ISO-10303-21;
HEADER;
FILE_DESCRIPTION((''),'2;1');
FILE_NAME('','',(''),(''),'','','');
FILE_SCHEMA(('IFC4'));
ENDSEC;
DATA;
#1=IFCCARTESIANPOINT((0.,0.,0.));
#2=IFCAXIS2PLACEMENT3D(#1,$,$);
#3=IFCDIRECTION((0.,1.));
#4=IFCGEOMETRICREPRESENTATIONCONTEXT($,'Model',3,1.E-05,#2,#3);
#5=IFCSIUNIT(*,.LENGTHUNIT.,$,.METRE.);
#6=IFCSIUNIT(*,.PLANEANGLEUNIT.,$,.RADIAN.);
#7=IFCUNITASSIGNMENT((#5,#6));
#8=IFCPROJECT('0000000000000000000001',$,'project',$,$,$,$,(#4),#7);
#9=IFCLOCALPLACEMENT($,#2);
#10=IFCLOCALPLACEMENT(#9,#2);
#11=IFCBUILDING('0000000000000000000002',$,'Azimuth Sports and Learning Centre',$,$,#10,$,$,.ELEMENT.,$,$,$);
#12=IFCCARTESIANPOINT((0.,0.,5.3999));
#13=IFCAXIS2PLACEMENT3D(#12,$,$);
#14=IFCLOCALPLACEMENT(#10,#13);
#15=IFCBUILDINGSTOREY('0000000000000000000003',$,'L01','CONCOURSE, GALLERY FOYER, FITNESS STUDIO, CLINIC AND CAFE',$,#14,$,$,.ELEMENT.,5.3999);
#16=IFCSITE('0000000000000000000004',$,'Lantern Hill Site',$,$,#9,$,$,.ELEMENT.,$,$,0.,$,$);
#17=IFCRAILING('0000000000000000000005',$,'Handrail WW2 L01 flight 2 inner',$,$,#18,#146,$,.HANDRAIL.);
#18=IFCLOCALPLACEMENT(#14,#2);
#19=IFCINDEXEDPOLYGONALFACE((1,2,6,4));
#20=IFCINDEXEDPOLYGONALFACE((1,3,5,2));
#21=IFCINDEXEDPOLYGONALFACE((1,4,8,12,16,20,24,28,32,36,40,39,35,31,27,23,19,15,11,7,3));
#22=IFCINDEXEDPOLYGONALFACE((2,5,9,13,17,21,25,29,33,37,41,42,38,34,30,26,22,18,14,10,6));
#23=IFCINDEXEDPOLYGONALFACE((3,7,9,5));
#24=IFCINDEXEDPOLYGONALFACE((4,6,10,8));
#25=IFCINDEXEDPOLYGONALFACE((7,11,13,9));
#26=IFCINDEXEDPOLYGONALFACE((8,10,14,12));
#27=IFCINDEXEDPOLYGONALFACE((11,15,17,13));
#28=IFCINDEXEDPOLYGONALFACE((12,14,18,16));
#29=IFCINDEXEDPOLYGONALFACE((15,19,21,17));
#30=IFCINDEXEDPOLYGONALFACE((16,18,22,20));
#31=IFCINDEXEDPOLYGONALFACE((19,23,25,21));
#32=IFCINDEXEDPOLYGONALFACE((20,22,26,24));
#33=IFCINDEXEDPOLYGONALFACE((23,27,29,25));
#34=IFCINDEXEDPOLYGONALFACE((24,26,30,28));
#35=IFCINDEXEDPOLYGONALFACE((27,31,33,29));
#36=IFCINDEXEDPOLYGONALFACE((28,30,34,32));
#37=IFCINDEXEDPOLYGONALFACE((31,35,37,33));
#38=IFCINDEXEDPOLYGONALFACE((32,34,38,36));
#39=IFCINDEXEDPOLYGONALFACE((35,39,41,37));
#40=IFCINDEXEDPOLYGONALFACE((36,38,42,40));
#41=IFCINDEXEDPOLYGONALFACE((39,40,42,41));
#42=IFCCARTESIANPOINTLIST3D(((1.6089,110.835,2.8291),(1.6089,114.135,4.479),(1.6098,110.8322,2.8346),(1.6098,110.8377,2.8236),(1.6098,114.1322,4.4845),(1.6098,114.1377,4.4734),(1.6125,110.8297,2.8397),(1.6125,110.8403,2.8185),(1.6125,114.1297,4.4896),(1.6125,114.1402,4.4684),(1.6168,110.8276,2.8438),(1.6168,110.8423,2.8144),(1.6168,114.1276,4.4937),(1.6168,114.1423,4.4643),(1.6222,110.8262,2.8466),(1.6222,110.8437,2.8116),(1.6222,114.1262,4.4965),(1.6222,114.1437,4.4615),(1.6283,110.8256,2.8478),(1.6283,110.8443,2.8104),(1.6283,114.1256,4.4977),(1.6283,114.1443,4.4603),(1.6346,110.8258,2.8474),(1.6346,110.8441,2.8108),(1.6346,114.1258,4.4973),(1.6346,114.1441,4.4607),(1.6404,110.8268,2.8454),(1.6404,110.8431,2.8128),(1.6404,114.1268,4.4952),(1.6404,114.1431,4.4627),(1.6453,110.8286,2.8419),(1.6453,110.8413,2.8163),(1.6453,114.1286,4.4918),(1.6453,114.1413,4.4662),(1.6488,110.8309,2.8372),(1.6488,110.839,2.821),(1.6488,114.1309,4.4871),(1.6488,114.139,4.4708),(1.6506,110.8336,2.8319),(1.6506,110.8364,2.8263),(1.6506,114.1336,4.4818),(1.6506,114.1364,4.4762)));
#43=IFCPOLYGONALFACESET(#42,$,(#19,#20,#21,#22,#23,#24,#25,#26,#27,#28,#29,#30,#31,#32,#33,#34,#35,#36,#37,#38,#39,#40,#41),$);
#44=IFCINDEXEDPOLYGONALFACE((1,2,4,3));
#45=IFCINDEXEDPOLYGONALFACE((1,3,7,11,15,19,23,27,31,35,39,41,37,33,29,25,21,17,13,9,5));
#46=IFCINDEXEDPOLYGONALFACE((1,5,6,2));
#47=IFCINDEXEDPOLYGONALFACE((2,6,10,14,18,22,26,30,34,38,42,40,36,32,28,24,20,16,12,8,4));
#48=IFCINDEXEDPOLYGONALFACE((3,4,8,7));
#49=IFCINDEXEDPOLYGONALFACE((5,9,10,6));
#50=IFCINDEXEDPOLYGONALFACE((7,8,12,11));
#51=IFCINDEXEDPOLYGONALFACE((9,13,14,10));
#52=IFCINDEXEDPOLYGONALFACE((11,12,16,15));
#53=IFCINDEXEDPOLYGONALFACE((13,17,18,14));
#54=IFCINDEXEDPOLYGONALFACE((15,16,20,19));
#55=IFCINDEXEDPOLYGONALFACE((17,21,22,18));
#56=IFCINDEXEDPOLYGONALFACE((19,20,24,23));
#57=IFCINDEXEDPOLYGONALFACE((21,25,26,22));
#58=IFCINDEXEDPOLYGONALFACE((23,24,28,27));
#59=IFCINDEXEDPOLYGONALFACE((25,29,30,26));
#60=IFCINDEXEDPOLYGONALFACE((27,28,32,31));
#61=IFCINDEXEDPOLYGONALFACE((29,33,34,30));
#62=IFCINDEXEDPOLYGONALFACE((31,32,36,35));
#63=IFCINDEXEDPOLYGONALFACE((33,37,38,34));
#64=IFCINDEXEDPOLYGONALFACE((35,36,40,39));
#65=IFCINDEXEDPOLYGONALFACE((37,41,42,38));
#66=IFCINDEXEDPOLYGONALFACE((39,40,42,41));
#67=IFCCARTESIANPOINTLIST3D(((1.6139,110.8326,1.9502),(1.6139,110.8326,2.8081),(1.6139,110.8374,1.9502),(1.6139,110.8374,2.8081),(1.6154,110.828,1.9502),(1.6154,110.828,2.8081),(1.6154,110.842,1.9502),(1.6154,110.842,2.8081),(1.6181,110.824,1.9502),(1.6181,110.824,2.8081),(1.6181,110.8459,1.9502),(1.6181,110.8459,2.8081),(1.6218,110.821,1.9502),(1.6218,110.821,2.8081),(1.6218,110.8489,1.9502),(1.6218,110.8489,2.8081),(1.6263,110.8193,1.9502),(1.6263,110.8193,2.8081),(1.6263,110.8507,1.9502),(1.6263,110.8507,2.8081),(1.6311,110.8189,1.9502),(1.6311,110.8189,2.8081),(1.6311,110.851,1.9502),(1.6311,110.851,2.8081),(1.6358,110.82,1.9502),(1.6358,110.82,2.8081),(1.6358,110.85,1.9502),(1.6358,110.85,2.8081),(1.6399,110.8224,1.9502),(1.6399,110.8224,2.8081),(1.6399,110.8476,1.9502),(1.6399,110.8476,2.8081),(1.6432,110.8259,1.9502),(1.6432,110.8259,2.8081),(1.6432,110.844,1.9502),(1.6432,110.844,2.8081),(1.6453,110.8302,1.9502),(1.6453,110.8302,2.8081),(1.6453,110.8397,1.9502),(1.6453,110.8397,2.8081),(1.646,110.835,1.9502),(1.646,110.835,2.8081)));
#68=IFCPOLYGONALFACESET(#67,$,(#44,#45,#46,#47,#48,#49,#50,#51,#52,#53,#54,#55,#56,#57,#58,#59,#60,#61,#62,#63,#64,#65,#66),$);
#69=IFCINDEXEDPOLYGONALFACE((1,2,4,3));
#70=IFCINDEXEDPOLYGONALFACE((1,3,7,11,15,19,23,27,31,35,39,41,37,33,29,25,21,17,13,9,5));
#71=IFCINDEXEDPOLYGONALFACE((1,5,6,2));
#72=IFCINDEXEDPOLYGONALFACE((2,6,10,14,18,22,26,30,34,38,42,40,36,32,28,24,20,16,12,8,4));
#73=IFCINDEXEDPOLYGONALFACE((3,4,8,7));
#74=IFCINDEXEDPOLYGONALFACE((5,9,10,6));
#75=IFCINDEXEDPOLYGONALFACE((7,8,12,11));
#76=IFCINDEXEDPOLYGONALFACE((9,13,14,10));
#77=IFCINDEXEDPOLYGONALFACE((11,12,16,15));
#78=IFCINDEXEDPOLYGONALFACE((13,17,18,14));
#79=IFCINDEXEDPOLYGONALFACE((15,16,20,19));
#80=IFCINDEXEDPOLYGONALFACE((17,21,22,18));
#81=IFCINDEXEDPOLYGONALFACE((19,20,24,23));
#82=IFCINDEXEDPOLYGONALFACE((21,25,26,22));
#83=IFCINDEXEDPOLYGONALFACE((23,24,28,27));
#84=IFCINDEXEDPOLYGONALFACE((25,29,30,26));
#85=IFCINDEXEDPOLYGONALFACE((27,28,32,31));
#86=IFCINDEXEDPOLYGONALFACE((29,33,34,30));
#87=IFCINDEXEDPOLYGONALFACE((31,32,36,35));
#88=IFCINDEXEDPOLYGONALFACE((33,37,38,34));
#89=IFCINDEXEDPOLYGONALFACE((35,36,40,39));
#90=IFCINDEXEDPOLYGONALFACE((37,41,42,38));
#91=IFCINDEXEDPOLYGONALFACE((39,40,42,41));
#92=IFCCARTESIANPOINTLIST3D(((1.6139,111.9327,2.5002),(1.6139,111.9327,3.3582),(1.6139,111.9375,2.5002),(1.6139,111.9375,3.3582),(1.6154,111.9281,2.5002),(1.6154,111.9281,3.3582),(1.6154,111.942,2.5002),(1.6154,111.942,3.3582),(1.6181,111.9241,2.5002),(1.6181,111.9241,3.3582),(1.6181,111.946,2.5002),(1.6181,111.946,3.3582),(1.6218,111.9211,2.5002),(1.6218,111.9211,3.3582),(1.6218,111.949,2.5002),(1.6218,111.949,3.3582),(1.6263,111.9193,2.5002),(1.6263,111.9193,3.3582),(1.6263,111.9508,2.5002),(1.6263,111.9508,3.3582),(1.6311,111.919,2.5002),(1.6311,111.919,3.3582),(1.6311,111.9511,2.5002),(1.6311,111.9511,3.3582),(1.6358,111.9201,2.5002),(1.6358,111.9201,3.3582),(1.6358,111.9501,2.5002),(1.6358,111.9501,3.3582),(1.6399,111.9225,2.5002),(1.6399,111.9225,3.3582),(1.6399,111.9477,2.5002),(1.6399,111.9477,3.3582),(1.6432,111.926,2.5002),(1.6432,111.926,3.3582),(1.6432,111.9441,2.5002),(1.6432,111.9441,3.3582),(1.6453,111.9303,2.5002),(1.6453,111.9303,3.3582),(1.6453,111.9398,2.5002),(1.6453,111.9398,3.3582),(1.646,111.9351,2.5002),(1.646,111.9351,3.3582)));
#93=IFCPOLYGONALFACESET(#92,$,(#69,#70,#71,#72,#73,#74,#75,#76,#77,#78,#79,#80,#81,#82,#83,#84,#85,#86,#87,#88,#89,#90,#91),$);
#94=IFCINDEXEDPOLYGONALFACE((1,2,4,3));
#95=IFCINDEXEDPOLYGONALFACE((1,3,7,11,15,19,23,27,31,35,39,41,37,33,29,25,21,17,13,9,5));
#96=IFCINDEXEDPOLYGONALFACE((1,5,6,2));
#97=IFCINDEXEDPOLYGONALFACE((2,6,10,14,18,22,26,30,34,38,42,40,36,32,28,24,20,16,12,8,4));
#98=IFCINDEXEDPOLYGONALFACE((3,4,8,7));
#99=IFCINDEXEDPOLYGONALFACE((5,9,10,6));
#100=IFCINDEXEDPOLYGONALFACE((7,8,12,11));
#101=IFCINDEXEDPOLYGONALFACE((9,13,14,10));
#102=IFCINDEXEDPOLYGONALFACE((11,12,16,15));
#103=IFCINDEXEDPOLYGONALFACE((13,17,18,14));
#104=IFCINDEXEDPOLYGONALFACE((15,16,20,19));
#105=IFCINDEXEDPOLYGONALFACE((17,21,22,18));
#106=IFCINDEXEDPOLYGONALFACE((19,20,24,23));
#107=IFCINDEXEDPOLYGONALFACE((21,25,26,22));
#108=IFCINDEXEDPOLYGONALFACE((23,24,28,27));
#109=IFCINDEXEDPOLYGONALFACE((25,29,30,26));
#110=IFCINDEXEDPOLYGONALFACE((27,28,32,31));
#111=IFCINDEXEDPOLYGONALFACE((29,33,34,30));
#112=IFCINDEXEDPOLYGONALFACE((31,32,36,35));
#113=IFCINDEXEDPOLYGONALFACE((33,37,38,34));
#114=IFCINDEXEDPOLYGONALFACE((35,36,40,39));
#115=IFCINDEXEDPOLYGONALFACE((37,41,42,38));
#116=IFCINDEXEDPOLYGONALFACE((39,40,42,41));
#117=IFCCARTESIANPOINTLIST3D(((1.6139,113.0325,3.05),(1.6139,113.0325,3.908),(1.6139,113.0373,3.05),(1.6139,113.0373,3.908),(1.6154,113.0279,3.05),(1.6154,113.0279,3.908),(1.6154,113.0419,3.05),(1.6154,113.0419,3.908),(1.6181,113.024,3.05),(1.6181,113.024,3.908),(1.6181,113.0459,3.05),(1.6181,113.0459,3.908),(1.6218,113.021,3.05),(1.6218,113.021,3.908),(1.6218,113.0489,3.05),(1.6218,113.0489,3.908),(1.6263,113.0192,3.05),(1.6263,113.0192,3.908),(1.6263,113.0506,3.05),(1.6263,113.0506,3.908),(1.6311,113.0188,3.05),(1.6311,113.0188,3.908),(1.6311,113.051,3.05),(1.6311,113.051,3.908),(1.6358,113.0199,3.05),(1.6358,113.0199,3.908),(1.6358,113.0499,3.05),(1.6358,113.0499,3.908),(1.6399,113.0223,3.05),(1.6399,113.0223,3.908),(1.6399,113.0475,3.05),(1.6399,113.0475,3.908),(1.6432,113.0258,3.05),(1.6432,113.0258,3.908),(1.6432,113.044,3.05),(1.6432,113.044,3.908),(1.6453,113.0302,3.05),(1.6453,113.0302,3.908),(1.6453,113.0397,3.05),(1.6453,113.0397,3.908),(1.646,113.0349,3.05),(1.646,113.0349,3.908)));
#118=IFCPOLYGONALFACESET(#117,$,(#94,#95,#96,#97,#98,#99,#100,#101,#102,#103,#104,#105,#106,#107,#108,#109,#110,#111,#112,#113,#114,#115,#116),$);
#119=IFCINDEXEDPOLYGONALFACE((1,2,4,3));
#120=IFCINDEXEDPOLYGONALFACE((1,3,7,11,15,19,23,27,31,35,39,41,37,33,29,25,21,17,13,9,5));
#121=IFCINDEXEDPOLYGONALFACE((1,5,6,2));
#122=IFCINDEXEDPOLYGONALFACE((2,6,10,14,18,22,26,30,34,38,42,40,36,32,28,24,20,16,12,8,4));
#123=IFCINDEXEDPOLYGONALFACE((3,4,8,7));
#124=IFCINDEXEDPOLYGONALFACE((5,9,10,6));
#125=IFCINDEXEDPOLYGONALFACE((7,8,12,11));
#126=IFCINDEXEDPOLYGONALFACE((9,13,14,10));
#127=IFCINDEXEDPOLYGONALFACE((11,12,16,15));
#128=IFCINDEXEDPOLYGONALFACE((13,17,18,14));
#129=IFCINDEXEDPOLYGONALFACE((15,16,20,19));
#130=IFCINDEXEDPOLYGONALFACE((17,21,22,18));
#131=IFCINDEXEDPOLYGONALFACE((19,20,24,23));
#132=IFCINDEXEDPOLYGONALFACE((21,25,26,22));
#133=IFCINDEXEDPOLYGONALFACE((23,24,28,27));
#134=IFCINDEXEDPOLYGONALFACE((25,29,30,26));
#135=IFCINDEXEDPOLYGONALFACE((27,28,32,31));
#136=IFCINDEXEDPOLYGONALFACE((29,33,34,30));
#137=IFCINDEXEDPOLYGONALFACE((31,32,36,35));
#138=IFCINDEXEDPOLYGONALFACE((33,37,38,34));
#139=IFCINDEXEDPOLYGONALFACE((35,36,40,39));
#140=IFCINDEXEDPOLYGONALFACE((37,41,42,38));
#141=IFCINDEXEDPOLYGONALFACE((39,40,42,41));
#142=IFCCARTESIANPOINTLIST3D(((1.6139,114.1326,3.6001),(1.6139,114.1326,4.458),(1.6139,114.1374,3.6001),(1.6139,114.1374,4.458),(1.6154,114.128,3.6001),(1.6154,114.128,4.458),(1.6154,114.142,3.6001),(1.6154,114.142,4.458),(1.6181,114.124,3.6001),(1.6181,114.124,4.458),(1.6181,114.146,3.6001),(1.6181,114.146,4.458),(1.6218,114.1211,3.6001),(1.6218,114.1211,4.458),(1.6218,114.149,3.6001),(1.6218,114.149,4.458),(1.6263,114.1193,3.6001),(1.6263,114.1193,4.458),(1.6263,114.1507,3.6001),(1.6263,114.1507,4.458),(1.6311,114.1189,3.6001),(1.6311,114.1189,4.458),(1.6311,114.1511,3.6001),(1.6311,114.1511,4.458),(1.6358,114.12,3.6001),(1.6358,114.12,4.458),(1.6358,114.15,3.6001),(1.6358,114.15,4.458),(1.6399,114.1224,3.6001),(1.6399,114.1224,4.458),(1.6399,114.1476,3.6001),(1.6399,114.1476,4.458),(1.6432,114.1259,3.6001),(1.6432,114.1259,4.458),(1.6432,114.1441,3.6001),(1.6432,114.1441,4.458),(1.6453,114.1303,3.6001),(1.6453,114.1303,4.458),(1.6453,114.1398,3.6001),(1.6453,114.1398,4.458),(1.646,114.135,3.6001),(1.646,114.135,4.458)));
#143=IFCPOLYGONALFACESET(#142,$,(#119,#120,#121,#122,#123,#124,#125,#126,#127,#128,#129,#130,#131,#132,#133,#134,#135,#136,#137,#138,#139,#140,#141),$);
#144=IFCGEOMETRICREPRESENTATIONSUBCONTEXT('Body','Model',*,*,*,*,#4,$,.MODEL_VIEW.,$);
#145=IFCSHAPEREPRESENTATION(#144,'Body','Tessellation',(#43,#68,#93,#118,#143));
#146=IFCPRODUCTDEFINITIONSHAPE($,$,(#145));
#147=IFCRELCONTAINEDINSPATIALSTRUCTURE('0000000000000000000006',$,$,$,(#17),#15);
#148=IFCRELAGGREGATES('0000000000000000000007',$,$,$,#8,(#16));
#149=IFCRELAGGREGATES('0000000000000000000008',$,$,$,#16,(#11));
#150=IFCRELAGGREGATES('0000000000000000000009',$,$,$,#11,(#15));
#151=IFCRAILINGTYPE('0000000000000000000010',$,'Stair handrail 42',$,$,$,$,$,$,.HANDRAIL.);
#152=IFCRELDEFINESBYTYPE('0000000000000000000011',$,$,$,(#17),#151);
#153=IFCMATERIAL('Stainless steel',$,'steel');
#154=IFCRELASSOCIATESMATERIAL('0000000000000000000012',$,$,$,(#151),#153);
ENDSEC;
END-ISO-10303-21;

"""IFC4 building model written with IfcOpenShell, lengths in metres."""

from ifc_helpers import new_model, si_unit, direction, frame, origin, origin_2d, place, context, subcontext, project, spatial, circle, extrude, material, type_object, element, save


model = new_model("IFC4")

# Units and contexts
model_context = context("Model", 3, precision=1e-05, world=origin(), true_north=direction((0.0, 1.0)))
body_context = subcontext(model_context, "Body", "Model", "MODEL_VIEW")
ifc_project = project(units=[si_unit("LENGTHUNIT", "METRE"), si_unit("PLANEANGLEUNIT", "RADIAN")], contexts=[model_context])

# Site, building, storey
site_placement = place(None, origin())
site = spatial("IfcSite", under=ifc_project, at=site_placement, Name="Lantern Hill Site", CompositionType="ELEMENT", RefElevation=0.0)
building_placement = place(site_placement, origin())
building = spatial("IfcBuilding", under=site, at=building_placement, Name="Azimuth Sports and Learning Centre", CompositionType="ELEMENT")
storey_placement = place(building_placement, frame((0.0, 0.0, 5.3999)))
storey = spatial("IfcBuildingStorey", under=building, at=storey_placement, Name="L01", Description="CONCOURSE, GALLERY FOYER, FITNESS STUDIO, CLINIC AND CAFE", CompositionType="ELEMENT", Elevation=5.3999)

# Railing
ifc_material_1 = material(Name="Stainless steel", Category="steel")
railing_type_1 = type_object("IfcRailingType", Name="Stair handrail 42", PredefinedType="HANDRAIL", material=ifc_material_1)
for number, where, name in (
    (1, (1.6299, 110.835, 1.9502), "Handrail WW2 L01 flight 2 inner"),
):
    element("IfcRailing", number, at=place(storey_placement, frame(where)), inside=storey, type_object=railing_type_1, Name=name, PredefinedType="HANDRAIL", context=body_context, shape_type="SweptSolid", body=[
        extrude(circle(Radius=0.021, at=origin_2d()), frame((0.0, 0.0, 0.8789), z_axis=(0.0, 0.89444, 0.447187), x_axis=(-1.0, 0.0, 0.0)), (0.0, 0.0, 1.0), 3.6895),
        extrude(circle(Radius=0.0161, at=origin_2d()), origin(), (0.0, 0.0, 1.0), 0.8579),
        extrude(circle(Radius=0.0161, at=origin_2d()), frame((0.0, 1.1001, 0.55)), (0.0, 0.0, 1.0), 0.8579),
        extrude(circle(Radius=0.0161, at=origin_2d()), frame((0.0, 2.2, 1.0999)), (0.0, 0.0, 1.0), 0.8579),
        extrude(circle(Radius=0.0161, at=origin_2d()), frame((0.0, 3.3, 1.6499)), (0.0, 0.0, 1.0), 0.8579),
    ])

save(model, "model.ifc")
